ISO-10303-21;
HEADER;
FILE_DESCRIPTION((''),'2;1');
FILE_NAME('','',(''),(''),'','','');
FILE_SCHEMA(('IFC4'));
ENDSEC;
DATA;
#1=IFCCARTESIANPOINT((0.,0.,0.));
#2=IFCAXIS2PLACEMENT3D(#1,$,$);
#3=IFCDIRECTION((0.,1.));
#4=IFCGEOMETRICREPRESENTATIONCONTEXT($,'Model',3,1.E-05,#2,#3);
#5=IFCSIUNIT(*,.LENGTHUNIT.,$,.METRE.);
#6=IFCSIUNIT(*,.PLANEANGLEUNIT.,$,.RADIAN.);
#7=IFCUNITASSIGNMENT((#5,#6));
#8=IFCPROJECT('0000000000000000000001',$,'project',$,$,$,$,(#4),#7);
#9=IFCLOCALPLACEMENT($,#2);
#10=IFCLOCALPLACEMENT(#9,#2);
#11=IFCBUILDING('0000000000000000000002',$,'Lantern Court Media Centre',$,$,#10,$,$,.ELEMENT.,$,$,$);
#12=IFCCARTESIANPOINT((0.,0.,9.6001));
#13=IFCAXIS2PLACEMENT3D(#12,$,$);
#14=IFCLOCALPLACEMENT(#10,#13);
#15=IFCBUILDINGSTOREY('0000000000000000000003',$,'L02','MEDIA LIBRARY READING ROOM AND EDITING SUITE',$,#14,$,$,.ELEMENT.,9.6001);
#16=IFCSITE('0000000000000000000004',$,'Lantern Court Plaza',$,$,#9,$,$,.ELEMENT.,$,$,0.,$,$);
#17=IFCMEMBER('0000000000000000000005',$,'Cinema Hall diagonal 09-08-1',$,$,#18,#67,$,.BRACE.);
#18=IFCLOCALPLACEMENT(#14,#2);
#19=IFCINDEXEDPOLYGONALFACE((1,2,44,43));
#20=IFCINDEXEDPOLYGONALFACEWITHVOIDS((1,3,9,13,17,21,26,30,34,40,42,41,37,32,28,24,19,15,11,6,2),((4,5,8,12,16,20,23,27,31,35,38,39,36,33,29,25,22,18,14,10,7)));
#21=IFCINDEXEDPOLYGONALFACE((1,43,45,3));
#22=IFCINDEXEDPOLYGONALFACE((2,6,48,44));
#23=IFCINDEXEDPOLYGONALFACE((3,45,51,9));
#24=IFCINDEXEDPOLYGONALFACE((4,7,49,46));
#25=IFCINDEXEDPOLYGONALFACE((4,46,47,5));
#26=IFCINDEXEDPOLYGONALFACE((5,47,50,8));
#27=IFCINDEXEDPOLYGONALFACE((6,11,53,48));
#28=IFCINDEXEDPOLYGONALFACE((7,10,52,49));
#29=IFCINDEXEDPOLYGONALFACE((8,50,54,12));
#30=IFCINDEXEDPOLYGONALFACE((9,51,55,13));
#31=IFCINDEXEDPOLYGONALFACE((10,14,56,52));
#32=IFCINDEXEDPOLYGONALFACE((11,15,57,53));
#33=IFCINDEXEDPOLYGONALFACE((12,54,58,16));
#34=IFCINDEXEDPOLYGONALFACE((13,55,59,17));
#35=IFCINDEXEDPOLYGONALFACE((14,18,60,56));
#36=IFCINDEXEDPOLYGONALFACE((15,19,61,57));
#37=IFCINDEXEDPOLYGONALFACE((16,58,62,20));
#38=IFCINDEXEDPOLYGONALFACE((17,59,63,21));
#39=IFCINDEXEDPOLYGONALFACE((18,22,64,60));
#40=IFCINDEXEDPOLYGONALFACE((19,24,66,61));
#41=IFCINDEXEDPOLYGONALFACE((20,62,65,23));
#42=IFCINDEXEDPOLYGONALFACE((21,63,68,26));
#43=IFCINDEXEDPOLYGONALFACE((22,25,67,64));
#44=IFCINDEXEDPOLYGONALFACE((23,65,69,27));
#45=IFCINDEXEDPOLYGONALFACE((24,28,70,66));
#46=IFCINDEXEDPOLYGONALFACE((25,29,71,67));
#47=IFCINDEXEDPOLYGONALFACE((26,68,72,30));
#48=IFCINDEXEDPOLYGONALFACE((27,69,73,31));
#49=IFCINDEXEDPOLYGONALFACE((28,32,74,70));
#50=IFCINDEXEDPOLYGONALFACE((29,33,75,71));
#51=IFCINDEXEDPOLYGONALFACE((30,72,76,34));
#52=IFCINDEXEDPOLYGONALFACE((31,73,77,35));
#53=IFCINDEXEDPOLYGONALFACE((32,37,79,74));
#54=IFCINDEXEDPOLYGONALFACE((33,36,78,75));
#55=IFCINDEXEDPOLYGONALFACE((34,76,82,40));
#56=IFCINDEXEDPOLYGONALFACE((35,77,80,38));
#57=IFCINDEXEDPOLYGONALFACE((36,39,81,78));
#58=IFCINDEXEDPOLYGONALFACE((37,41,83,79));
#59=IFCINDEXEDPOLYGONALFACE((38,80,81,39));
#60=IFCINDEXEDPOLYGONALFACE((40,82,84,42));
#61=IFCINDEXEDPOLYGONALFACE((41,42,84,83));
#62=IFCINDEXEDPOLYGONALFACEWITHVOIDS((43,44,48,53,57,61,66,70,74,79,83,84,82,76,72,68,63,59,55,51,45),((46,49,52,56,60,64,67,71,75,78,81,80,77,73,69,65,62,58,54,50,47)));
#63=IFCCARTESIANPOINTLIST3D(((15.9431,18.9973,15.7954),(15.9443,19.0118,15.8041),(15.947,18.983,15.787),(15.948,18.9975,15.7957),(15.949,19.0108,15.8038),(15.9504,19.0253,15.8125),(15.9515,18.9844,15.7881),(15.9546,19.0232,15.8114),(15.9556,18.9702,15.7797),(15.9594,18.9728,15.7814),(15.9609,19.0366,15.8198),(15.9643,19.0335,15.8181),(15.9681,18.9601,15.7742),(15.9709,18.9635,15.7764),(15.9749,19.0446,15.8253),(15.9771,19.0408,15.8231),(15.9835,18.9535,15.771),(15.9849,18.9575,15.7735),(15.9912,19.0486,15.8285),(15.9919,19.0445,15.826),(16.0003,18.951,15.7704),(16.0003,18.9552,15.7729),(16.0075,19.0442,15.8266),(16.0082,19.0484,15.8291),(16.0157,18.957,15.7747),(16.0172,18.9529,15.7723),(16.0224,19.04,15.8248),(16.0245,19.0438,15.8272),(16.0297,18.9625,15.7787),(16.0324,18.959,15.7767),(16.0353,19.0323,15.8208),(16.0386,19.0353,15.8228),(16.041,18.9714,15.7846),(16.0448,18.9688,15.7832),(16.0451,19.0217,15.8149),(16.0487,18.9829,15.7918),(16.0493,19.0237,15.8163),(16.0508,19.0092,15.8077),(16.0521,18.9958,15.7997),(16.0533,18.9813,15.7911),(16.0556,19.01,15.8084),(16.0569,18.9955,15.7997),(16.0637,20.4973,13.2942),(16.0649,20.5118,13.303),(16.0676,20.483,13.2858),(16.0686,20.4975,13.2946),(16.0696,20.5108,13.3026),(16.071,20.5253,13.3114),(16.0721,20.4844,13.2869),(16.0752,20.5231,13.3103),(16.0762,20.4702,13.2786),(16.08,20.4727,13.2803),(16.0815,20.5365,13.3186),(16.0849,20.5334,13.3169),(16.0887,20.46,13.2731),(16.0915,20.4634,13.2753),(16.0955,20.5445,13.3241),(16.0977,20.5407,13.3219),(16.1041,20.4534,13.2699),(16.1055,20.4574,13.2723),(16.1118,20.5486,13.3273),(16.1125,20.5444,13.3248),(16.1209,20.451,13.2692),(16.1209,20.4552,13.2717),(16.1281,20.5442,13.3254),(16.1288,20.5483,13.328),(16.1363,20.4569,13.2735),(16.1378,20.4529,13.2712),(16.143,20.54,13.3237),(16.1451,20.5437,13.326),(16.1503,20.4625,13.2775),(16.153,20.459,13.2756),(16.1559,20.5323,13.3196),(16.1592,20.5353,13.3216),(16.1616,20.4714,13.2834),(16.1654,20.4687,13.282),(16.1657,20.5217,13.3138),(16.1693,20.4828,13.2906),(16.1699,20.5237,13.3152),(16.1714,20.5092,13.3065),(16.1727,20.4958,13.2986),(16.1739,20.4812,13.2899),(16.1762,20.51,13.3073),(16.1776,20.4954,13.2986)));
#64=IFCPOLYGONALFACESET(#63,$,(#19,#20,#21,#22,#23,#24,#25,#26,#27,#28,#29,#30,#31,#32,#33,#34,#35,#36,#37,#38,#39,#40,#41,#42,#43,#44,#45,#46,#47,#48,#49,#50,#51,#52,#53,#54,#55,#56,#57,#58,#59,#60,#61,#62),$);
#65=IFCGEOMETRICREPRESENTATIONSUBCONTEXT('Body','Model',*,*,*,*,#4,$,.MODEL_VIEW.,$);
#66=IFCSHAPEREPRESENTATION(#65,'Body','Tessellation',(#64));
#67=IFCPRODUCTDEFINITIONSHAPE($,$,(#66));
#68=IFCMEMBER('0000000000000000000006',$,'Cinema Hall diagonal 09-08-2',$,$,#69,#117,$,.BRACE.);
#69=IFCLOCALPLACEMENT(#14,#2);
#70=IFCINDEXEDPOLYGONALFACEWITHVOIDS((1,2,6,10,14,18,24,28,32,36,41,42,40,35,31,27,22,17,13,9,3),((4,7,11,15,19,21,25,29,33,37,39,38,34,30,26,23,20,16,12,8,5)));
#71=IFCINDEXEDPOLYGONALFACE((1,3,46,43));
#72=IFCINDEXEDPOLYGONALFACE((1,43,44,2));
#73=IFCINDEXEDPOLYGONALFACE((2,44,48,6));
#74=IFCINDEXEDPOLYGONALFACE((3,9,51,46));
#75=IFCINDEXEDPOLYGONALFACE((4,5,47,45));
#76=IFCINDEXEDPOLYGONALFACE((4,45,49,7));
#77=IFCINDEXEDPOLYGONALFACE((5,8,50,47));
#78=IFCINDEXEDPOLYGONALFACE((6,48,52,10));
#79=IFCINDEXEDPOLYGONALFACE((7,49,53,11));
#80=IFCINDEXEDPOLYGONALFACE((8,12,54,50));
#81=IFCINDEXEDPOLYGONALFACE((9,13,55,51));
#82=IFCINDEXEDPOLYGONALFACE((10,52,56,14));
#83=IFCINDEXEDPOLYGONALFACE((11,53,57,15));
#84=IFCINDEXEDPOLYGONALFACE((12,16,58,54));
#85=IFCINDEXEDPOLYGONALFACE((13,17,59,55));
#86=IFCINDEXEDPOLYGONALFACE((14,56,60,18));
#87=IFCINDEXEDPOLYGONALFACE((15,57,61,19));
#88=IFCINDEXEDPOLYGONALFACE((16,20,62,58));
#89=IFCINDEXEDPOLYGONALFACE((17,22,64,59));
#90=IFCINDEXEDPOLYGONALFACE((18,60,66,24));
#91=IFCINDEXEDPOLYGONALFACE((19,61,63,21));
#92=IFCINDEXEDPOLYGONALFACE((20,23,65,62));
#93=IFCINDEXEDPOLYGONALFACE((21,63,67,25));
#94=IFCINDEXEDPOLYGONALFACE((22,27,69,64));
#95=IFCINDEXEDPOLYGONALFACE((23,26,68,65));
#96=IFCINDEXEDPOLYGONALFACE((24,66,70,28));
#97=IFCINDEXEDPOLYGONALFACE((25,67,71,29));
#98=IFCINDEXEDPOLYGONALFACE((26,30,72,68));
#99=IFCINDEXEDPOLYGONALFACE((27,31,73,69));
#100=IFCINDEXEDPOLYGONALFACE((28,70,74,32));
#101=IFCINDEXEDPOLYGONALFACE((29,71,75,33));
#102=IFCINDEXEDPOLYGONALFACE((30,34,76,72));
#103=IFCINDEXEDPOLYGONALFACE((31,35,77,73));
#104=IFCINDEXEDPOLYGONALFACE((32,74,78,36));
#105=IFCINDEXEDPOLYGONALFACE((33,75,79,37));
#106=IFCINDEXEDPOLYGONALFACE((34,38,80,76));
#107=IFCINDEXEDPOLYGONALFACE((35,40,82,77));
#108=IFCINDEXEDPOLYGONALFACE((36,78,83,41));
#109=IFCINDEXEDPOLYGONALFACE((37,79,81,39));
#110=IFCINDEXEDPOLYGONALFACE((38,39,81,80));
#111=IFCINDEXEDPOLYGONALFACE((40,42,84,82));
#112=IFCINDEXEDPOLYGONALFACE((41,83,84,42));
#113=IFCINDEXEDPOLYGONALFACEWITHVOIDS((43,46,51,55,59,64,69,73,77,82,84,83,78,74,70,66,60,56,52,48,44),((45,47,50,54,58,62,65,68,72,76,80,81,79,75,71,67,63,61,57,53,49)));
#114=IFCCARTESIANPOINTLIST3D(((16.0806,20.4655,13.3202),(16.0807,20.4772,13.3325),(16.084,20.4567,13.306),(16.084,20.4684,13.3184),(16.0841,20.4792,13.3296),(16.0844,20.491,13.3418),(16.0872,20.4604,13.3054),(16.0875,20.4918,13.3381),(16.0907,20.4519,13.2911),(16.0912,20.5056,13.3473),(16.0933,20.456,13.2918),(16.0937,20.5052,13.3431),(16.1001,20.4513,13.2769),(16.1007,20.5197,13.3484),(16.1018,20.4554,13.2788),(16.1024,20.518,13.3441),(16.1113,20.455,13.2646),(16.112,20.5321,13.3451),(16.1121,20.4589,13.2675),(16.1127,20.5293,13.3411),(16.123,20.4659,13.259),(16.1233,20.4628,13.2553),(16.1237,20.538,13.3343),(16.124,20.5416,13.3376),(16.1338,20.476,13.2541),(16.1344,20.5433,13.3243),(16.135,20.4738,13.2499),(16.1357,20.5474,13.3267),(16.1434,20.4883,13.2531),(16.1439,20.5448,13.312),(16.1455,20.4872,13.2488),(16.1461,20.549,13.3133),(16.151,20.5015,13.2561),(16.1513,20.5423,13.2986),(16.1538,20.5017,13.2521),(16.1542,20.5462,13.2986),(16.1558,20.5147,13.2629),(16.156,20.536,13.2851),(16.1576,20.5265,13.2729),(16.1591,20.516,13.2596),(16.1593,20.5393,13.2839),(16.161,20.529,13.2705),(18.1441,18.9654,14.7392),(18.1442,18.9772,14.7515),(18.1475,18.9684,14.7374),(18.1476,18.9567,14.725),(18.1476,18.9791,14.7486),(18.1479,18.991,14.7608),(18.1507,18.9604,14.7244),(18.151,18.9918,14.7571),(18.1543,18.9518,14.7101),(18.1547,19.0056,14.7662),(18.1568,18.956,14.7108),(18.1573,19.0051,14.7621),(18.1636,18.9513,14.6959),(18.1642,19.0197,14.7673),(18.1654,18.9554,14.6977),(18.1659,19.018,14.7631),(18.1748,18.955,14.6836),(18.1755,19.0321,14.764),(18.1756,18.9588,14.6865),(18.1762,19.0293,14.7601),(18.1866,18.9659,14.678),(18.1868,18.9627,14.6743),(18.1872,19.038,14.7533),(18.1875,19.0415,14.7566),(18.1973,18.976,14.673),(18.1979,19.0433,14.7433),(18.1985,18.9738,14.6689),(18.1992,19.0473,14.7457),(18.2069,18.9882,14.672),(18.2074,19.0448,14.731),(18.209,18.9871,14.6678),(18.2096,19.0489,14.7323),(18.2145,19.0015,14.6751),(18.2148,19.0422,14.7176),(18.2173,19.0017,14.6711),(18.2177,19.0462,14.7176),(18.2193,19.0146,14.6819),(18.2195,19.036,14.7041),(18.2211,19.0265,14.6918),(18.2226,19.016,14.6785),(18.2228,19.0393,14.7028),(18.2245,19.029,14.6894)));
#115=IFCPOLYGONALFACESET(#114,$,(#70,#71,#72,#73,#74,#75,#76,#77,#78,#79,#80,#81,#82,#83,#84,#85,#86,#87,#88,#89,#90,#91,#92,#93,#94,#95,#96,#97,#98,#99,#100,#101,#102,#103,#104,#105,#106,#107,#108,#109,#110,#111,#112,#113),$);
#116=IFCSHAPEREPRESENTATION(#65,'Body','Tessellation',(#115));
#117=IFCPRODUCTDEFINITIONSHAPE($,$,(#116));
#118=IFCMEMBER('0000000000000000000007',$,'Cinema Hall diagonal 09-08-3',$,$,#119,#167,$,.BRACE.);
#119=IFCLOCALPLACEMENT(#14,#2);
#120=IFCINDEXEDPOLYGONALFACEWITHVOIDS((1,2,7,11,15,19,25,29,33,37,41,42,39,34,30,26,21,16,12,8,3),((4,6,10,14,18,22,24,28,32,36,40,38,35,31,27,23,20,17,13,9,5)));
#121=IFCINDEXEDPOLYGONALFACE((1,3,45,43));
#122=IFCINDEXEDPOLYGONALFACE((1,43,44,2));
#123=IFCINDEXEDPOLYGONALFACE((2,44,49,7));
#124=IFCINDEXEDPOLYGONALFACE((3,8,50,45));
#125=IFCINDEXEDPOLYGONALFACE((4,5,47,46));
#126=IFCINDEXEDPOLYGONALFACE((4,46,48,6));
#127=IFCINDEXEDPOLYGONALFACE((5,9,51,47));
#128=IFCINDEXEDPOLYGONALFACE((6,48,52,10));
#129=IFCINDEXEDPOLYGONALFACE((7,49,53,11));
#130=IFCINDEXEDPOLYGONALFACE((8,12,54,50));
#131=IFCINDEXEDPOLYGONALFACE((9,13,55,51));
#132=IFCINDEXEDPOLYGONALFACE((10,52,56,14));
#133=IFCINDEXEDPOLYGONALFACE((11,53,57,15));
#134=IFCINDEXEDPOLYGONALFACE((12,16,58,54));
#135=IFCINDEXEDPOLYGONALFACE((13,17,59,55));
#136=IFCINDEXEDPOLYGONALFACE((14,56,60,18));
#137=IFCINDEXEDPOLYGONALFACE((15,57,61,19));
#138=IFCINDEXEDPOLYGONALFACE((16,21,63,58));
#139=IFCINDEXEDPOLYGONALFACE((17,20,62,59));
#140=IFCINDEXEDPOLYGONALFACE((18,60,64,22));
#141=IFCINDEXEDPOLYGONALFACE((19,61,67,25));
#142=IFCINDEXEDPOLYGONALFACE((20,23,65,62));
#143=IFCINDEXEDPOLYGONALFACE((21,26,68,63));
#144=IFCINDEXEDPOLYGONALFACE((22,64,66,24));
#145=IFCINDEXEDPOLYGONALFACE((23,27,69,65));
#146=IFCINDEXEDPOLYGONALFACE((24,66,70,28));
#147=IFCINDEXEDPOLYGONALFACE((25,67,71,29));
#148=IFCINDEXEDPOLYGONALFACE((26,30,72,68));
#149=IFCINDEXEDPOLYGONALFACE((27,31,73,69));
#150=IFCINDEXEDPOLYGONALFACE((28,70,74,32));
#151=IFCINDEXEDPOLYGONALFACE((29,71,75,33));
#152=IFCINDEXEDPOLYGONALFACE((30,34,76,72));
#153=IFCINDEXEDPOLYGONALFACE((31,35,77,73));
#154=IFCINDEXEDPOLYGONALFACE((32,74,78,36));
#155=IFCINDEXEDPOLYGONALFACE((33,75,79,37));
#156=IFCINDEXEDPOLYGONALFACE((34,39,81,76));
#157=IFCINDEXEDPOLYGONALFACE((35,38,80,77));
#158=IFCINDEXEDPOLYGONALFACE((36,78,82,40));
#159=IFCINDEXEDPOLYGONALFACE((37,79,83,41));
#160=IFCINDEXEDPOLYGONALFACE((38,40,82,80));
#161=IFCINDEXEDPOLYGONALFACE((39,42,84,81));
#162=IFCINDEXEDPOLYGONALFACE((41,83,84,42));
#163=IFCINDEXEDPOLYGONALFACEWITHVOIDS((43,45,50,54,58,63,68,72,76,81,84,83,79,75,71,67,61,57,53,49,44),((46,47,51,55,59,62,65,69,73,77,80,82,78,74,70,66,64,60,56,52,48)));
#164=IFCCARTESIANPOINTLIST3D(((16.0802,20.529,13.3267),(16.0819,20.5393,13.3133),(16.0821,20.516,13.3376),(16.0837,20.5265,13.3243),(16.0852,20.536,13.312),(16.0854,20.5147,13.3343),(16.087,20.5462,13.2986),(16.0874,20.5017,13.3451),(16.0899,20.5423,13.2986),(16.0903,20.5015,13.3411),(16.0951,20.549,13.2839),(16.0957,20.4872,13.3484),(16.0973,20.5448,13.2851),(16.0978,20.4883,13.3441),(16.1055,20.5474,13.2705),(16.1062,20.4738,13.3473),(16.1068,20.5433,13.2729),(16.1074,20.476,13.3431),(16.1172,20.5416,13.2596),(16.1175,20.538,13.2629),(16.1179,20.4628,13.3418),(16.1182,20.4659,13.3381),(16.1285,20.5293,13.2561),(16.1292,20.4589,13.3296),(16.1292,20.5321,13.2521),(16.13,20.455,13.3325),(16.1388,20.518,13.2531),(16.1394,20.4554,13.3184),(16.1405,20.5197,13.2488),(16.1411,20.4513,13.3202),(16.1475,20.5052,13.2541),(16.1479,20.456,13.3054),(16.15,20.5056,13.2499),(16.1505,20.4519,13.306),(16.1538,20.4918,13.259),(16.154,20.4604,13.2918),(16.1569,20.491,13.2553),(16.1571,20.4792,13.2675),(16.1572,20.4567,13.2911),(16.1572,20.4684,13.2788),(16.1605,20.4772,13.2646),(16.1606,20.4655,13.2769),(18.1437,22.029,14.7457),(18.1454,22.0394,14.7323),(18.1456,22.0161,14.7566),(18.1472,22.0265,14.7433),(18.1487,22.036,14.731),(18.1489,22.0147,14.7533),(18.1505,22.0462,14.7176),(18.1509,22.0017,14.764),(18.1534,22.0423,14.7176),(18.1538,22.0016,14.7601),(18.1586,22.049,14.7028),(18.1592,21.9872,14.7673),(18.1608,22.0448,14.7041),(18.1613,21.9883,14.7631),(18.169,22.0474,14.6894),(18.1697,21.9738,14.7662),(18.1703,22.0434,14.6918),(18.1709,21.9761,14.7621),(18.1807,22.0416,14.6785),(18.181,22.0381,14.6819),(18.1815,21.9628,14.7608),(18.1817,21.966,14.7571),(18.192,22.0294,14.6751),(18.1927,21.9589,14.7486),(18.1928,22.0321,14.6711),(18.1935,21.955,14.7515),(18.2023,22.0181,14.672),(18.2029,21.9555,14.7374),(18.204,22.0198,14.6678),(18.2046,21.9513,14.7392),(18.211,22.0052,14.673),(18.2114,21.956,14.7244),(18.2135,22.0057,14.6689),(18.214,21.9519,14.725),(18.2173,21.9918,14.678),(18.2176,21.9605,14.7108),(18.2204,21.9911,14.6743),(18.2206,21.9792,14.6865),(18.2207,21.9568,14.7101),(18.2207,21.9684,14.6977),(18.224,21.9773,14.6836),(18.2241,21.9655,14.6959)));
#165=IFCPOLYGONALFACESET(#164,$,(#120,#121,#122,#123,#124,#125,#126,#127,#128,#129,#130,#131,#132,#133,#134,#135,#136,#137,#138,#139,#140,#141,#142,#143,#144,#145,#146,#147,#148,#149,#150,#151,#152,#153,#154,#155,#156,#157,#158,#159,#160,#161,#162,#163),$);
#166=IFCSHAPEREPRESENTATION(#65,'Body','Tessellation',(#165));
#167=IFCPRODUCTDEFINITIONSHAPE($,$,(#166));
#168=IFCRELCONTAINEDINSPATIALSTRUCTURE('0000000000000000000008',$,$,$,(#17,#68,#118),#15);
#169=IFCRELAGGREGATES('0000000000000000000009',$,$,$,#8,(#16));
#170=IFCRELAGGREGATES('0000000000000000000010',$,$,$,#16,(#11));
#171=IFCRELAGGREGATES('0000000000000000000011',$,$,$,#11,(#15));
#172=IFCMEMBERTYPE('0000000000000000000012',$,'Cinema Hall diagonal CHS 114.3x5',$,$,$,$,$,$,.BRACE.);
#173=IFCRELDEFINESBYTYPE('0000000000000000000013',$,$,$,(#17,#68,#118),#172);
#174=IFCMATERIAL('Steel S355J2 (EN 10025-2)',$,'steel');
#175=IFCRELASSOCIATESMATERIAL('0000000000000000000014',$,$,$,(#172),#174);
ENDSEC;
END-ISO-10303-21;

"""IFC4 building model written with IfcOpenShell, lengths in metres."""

from ifc_helpers import new_model, si_unit, direction, frame, origin, origin_2d, place, context, subcontext, project, spatial, hollow_circle, extrude, material, material_profile, profile_set, type_object, element, save


model = new_model("IFC4")

# Units and contexts
model_context = context("Model", 3, precision=1e-05, world=origin(), true_north=direction((0.0, 1.0)))
body_context = subcontext(model_context, "Body", "Model", "MODEL_VIEW")
ifc_project = project(units=[si_unit("LENGTHUNIT", "METRE"), si_unit("PLANEANGLEUNIT", "RADIAN")], contexts=[model_context])

# Site, building, storey
site_placement = place(None, origin())
site = spatial("IfcSite", under=ifc_project, at=site_placement, Name="Lantern Court Plaza", CompositionType="ELEMENT", RefElevation=0.0)
building_placement = place(site_placement, origin())
building = spatial("IfcBuilding", under=site, at=building_placement, Name="Lantern Court Media Centre", CompositionType="ELEMENT")
storey_placement = place(building_placement, frame((0.0, 0.0, 9.6001)))
storey = spatial("IfcBuildingStorey", under=building, at=storey_placement, Name="L02", Description="MEDIA LIBRARY READING ROOM AND EDITING SUITE", CompositionType="ELEMENT", Elevation=9.6001)

# Members
ifc_material = material(Name="Steel S355J2 (EN 10025-2)", Category="steel")
ifc_material_profile_1 = material_profile(ifc_material, hollow_circle(Radius=0.0571, WallThickness=0.0049, at=origin_2d()), Name="Cinema Hall diagonal CHS 114.3x5")
ifc_profile_set_1 = profile_set([ifc_material_profile_1], Name="Steel S355J2 (EN 10025-2)")
member_type_1 = type_object("IfcMemberType", Name="Cinema Hall diagonal CHS 114.3x5", PredefinedType="BRACE", material=ifc_profile_set_1)
member_1_placement = place(storey_placement, frame((16.1206, 20.5, 13.2986), z_axis=(-0.041317, -0.513872, 0.856871), x_axis=(0.996783, -0.080145, 0.0)))
element("IfcMember", 1, at=member_1_placement, inside=storey, type_object=member_type_1, Name="Cinema Hall diagonal 09-08-1", PredefinedType="BRACE", context=body_context, shape_type="SweptSolid", body=[
    extrude(hollow_circle(Radius=0.0571, WallThickness=0.0049, at=origin_2d()), origin(), (0.0, 0.0, 1.0), 2.9189),
])
for number, where, z_axis, x_axis, name in (
    (2, (16.1206, 20.5, 13.2986), (0.70688, -0.513851, 0.486084), (0.58799, 0.808868, 0.0), "Cinema Hall diagonal 09-08-2"),
    (3, (16.1206, 20.5, 13.2986), (0.70688, 0.513851, 0.486084), (-0.58799, 0.808868, 0.0), "Cinema Hall diagonal 09-08-3"),
):
    element("IfcMember", number, at=place(storey_placement, frame(where, z_axis=z_axis, x_axis=x_axis)), inside=storey, type_object=member_type_1, Name=name, PredefinedType="BRACE", context=body_context, shape_type="SweptSolid", body=[
        extrude(hollow_circle(Radius=0.0571, WallThickness=0.0049, at=origin_2d()), origin(), (0.0, 0.0, 1.0), 2.9192),
    ])

save(model, "model.ifc")
